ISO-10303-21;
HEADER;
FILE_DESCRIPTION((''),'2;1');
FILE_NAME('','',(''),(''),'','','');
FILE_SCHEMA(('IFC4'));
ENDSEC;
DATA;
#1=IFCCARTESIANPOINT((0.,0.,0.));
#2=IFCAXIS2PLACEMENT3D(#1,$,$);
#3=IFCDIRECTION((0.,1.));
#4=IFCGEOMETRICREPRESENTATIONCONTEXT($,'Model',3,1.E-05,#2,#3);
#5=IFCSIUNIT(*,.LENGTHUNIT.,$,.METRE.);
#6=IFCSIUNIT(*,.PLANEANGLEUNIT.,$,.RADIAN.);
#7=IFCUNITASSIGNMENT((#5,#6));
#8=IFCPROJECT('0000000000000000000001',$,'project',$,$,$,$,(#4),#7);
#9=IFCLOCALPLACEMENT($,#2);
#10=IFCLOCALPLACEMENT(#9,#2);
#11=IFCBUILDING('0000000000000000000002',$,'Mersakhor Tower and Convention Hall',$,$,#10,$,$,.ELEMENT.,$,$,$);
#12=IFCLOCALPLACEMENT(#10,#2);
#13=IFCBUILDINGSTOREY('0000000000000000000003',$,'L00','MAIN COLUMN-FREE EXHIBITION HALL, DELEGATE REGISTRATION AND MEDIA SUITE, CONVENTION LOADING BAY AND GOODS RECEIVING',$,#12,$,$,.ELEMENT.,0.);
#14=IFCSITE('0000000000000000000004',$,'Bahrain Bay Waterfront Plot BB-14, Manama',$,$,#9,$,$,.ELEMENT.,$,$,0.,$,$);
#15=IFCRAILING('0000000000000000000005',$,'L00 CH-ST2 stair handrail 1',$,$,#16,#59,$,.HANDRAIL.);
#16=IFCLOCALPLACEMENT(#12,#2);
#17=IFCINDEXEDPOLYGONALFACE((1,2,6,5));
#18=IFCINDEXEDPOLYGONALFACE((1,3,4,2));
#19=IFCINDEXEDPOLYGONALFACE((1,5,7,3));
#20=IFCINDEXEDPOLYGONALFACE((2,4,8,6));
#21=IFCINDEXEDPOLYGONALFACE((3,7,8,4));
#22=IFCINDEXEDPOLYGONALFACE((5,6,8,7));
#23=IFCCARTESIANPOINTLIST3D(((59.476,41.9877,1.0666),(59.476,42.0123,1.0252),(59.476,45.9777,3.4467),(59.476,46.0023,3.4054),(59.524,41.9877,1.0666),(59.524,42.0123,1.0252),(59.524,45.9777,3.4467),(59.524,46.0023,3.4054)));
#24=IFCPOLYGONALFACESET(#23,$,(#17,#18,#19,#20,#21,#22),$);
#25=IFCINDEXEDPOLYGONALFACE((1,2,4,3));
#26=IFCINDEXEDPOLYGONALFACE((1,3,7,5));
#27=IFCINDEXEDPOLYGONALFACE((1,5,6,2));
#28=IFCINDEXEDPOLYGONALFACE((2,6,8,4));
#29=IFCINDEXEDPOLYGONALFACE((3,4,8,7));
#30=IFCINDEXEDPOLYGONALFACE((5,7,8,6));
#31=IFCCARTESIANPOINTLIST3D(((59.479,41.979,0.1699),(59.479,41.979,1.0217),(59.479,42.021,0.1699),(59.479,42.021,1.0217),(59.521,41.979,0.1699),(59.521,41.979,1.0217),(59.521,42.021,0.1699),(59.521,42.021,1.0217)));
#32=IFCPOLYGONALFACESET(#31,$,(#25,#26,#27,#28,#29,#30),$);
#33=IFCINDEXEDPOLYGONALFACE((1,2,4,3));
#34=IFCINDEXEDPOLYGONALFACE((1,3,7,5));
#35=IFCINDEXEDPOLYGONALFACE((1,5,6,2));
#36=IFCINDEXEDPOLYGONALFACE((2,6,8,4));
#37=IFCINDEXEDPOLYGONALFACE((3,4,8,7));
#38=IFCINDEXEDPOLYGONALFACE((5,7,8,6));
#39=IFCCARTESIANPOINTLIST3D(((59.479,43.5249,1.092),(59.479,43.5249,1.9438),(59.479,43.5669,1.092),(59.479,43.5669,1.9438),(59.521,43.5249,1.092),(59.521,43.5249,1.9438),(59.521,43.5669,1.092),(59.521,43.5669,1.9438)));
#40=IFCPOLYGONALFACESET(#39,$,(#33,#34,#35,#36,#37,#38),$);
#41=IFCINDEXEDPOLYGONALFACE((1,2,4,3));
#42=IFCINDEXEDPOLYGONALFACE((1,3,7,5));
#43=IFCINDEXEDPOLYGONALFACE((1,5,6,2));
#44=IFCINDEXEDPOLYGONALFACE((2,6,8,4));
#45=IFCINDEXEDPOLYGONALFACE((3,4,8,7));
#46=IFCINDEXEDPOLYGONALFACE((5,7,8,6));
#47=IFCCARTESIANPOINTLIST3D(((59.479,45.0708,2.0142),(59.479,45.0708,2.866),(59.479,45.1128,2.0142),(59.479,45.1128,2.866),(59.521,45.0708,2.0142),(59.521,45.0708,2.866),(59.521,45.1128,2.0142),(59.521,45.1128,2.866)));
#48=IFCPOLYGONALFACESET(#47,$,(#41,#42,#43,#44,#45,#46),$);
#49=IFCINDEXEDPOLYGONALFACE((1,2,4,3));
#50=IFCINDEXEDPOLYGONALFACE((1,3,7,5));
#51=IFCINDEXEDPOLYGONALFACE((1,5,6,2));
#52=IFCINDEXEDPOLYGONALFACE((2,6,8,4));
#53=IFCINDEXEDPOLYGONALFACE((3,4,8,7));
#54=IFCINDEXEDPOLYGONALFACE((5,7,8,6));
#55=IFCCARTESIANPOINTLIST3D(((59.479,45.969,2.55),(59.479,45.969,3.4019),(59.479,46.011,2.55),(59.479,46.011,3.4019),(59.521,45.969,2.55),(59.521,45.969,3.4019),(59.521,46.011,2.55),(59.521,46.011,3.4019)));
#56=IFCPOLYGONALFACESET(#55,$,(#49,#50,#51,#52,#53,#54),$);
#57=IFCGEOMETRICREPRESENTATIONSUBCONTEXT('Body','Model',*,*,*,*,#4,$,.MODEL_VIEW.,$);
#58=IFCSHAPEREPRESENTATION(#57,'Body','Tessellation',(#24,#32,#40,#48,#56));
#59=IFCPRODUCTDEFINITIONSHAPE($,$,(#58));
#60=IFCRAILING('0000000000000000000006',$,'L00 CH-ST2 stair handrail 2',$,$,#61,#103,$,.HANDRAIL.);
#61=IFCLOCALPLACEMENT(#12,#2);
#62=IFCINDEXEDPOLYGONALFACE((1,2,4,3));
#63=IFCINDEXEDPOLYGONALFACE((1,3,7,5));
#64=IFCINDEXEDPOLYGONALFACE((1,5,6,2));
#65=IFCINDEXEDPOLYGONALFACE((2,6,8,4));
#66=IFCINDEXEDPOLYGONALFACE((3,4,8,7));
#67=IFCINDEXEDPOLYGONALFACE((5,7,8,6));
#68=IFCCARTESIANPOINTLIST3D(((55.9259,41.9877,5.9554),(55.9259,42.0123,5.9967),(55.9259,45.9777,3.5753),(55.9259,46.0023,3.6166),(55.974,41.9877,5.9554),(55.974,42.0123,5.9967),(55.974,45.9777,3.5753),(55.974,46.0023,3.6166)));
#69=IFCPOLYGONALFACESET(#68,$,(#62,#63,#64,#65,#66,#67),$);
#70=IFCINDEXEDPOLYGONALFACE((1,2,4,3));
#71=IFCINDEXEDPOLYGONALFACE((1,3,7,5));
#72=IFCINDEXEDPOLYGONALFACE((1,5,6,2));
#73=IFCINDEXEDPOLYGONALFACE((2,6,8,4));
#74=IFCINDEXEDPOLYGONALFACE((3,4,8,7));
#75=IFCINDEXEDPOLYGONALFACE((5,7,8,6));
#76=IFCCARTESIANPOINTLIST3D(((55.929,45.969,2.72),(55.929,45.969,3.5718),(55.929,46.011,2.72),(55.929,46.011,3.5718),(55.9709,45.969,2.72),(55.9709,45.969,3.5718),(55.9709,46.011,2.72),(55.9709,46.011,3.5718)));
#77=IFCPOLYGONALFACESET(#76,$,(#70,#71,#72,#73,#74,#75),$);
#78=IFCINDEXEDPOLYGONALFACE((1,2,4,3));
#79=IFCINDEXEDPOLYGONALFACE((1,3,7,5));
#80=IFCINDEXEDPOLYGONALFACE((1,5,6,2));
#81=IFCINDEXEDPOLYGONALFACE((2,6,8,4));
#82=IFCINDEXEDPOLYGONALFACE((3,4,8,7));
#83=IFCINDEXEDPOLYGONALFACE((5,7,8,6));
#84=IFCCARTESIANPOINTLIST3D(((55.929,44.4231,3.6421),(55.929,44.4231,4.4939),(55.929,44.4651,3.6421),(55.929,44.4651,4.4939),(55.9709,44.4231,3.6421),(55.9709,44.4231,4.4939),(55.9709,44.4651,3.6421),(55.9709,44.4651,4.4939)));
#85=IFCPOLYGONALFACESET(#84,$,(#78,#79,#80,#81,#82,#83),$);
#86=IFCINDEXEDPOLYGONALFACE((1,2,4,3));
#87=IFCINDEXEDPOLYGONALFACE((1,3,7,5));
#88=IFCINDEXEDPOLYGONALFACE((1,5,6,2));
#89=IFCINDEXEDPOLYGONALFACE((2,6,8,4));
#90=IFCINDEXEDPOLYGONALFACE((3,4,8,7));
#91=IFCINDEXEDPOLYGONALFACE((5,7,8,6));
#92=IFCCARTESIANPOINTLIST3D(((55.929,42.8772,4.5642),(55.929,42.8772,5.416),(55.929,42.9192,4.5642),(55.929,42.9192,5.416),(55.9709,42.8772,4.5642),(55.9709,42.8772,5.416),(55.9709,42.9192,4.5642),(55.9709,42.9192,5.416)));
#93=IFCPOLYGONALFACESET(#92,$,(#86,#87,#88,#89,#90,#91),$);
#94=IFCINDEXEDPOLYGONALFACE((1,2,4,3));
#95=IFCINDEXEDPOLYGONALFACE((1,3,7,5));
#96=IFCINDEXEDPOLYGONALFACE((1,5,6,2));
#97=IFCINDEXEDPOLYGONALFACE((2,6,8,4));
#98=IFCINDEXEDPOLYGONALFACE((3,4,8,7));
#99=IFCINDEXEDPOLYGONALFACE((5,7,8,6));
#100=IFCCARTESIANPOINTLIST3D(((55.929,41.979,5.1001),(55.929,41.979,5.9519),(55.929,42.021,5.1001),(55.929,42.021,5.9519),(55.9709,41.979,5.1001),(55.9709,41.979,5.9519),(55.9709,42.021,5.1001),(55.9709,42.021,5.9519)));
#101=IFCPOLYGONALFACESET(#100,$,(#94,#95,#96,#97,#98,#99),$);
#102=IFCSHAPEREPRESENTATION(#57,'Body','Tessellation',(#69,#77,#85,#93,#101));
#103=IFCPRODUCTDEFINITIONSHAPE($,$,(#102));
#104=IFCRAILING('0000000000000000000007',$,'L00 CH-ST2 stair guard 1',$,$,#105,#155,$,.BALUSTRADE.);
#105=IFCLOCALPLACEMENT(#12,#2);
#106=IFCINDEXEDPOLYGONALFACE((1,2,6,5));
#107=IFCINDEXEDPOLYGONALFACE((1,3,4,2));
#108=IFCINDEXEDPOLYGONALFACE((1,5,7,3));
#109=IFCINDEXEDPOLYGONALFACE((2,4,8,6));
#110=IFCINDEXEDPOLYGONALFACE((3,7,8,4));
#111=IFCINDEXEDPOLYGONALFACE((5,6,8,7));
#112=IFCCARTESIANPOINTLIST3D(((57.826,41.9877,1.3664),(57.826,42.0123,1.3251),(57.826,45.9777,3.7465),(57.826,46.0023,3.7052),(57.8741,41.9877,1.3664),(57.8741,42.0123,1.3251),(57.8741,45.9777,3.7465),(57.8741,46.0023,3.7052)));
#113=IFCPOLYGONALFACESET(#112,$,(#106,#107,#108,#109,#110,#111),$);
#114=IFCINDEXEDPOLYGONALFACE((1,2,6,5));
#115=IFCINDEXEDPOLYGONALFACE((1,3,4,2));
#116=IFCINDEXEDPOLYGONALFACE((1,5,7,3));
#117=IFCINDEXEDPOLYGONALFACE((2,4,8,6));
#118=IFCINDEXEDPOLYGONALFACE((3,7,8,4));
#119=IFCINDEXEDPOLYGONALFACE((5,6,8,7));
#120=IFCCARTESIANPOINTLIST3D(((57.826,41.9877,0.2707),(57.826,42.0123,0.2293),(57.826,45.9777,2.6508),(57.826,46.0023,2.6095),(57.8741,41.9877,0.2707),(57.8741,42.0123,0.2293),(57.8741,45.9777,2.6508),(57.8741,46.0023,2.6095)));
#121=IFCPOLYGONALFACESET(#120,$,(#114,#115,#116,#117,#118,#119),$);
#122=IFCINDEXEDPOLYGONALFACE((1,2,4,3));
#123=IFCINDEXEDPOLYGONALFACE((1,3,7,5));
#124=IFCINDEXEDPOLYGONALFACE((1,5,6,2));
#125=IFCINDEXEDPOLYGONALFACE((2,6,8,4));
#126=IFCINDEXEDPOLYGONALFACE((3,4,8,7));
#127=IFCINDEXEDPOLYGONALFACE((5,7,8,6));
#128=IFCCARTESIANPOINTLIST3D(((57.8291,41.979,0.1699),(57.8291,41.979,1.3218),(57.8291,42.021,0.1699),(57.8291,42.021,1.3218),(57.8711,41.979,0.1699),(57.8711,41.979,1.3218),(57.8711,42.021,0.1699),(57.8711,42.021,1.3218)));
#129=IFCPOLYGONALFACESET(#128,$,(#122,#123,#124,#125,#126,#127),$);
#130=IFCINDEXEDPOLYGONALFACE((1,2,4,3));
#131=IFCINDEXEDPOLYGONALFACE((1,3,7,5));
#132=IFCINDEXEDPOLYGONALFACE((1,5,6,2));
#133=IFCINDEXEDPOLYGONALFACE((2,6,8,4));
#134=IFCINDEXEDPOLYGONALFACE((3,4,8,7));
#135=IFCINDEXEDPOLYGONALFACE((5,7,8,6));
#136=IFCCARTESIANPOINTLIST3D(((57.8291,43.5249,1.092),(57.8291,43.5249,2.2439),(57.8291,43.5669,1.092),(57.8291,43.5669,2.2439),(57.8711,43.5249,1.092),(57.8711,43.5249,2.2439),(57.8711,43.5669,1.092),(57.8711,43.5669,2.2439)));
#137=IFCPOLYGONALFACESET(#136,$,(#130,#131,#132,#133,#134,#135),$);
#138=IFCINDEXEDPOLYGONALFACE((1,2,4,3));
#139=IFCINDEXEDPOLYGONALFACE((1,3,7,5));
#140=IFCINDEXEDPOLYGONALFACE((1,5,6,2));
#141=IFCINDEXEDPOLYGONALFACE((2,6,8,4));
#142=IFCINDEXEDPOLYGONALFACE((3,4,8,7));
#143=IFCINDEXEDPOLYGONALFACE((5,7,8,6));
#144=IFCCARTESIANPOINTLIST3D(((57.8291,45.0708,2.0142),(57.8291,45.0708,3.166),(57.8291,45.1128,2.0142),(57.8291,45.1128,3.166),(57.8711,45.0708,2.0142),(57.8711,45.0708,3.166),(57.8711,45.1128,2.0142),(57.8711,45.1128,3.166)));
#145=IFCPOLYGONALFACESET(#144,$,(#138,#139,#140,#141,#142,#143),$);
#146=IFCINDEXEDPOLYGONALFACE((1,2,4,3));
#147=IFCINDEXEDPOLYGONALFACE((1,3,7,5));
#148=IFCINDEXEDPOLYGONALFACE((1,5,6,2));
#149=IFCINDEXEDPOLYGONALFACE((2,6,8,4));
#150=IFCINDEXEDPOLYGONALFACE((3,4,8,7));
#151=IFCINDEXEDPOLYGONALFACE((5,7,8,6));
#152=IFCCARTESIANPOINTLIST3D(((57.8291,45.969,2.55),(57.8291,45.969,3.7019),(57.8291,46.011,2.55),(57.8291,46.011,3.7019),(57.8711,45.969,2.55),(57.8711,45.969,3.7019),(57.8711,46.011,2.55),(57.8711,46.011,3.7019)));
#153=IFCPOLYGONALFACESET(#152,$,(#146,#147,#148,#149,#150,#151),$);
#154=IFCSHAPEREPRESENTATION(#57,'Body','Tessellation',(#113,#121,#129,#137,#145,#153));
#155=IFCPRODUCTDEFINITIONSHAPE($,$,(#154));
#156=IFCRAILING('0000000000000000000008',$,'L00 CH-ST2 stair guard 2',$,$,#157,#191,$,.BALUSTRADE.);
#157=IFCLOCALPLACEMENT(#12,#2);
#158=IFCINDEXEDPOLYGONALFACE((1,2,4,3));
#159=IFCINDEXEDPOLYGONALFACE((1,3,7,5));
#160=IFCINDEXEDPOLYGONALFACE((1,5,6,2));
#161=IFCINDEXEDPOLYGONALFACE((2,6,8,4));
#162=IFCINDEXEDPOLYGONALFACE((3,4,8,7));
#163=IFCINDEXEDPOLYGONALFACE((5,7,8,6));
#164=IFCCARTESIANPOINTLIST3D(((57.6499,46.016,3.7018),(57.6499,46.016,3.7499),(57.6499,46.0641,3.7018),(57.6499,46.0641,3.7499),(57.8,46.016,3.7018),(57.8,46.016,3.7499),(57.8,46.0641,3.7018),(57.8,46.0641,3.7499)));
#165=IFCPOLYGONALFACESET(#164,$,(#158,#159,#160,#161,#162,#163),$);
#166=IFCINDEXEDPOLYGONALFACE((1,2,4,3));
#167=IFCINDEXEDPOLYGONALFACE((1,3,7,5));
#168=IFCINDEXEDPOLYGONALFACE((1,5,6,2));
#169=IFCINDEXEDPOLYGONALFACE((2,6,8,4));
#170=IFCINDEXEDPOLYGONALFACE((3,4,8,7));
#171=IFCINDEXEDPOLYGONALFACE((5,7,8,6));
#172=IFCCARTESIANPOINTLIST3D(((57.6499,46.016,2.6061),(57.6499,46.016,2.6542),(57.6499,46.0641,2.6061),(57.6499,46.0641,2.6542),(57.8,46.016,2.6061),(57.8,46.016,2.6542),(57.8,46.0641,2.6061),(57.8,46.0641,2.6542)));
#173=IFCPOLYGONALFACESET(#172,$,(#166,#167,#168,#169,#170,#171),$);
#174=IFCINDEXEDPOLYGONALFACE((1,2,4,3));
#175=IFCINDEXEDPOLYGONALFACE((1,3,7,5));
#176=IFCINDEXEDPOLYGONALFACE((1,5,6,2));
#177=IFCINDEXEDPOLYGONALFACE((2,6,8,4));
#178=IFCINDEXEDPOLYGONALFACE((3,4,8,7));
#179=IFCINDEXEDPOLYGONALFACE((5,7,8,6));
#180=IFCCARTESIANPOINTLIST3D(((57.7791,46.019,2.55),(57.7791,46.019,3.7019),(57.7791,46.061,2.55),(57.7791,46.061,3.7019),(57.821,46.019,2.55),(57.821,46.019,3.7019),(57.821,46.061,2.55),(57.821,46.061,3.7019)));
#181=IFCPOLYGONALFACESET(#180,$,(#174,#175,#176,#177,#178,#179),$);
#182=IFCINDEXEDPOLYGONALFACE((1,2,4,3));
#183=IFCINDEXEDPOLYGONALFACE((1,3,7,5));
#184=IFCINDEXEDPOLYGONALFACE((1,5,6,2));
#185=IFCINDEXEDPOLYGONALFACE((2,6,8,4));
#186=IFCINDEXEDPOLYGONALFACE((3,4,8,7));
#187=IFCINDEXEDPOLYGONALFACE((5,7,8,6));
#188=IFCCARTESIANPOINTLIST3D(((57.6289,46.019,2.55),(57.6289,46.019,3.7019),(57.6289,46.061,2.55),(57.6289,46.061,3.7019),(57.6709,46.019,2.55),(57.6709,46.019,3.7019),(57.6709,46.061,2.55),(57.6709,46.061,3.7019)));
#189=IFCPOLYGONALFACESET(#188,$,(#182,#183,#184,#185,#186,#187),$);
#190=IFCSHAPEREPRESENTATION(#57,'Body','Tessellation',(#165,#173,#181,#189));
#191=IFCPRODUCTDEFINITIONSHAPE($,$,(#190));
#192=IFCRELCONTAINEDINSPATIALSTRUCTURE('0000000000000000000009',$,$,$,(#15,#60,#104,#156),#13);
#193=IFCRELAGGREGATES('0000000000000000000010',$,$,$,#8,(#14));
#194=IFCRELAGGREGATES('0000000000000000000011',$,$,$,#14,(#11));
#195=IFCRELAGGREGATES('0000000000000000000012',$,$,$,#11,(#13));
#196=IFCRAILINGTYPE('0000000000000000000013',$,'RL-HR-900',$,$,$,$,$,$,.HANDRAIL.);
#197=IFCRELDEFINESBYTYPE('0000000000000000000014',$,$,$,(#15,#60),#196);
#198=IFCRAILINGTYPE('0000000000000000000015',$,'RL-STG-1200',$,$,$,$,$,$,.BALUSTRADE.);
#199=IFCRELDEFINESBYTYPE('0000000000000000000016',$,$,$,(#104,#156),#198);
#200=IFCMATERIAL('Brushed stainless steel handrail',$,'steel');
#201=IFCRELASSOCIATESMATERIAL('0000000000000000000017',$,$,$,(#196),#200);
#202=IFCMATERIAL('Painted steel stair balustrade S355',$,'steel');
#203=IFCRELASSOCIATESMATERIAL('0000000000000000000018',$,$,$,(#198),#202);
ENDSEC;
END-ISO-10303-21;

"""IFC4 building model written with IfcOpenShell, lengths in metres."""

from ifc_helpers import new_model, si_unit, direction, frame, origin, origin_2d, place, context, subcontext, project, spatial, rectangle, extrude, material, type_object, element, save


model = new_model("IFC4")

# Units and contexts
model_context = context("Model", 3, precision=1e-05, world=origin(), true_north=direction((0.0, 1.0)))
body_context = subcontext(model_context, "Body", "Model", "MODEL_VIEW")
ifc_project = project(units=[si_unit("LENGTHUNIT", "METRE"), si_unit("PLANEANGLEUNIT", "RADIAN")], contexts=[model_context])

# Site, building, storey
site_placement = place(None, origin())
site = spatial("IfcSite", under=ifc_project, at=site_placement, Name="Bahrain Bay Waterfront Plot BB-14, Manama", CompositionType="ELEMENT", RefElevation=0.0)
building_placement = place(site_placement, origin())
building = spatial("IfcBuilding", under=site, at=building_placement, Name="Mersakhor Tower and Convention Hall", CompositionType="ELEMENT")
storey_placement = place(building_placement, origin())
storey = spatial("IfcBuildingStorey", under=building, at=storey_placement, Name="L00", Description="MAIN COLUMN-FREE EXHIBITION HALL, DELEGATE REGISTRATION AND MEDIA SUITE, CONVENTION LOADING BAY AND GOODS RECEIVING", CompositionType="ELEMENT", Elevation=0.0)

# Railings
ifc_material_1 = material(Name="Brushed stainless steel handrail", Category="steel")
railing_type_1 = type_object("IfcRailingType", Name="RL-HR-900", PredefinedType="HANDRAIL", material=ifc_material_1)
railing_1_placement = place(storey_placement, frame((59.5, 42.0, 0.1699)))
element("IfcRailing", 1, at=railing_1_placement, inside=storey, type_object=railing_type_1, Name="L00 CH-ST2 stair handrail 1", PredefinedType="HANDRAIL", context=body_context, shape_type="SweptSolid", body=[
    extrude(rectangle(XDim=0.0481, YDim=0.0481, at=origin_2d()), frame((0.0, 0.0, 0.876), z_axis=(0.0, 0.858807, 0.512299), x_axis=(-1.0, 0.0, 0.0)), (0.0, 0.0, 1.0), 4.646),
    extrude(rectangle(XDim=0.042, YDim=0.042, at=origin_2d()), origin(), (0.0, 0.0, 1.0), 0.8518),
    extrude(rectangle(XDim=0.042, YDim=0.042, at=origin_2d()), frame((0.0, 1.5459, 0.9221)), (0.0, 0.0, 1.0), 0.8518),
    extrude(rectangle(XDim=0.042, YDim=0.042, at=origin_2d()), frame((0.0, 3.0918, 1.8442)), (0.0, 0.0, 1.0), 0.8518),
    extrude(rectangle(XDim=0.042, YDim=0.042, at=origin_2d()), frame((0.0, 3.99, 2.3801)), (0.0, 0.0, 1.0), 0.8518),
])
railing_2_placement = place(storey_placement, frame((55.95, 45.99, 2.72)))
element("IfcRailing", 2, at=railing_2_placement, inside=storey, type_object=railing_type_1, Name="L00 CH-ST2 stair handrail 2", PredefinedType="HANDRAIL", context=body_context, shape_type="SweptSolid", body=[
    extrude(rectangle(XDim=0.0481, YDim=0.0481, at=origin_2d()), frame((0.0, 0.0, 0.876), z_axis=(0.0, -0.858807, 0.512299), x_axis=(1.0, 0.0, 0.0)), (0.0, 0.0, 1.0), 4.646),
    extrude(rectangle(XDim=0.042, YDim=0.042, at=origin_2d()), origin(), (0.0, 0.0, 1.0), 0.8518),
    extrude(rectangle(XDim=0.042, YDim=0.042, at=origin_2d()), frame((0.0, -1.5459, 0.9221)), (0.0, 0.0, 1.0), 0.8518),
    extrude(rectangle(XDim=0.042, YDim=0.042, at=origin_2d()), frame((0.0, -3.0918, 1.8442)), (0.0, 0.0, 1.0), 0.8518),
    extrude(rectangle(XDim=0.042, YDim=0.042, at=origin_2d()), frame((0.0, -3.99, 2.3801)), (0.0, 0.0, 1.0), 0.8518),
])
ifc_material_2 = material(Name="Painted steel stair balustrade S355", Category="steel")
railing_type_2 = type_object("IfcRailingType", Name="RL-STG-1200", PredefinedType="BALUSTRADE", material=ifc_material_2)
railing_3_placement = place(storey_placement, frame((57.8501, 42.0, 0.1699)))
element("IfcRailing", 3, at=railing_3_placement, inside=storey, type_object=railing_type_2, Name="L00 CH-ST2 stair guard 1", PredefinedType="BALUSTRADE", context=body_context, shape_type="SweptSolid", body=[
    extrude(rectangle(XDim=0.0481, YDim=0.0481, at=origin_2d()), frame((0.0, 0.0, 1.1758), z_axis=(0.0, 0.858807, 0.512299), x_axis=(-1.0, 0.0, 0.0)), (0.0, 0.0, 1.0), 4.646),
    extrude(rectangle(XDim=0.0481, YDim=0.0481, at=origin_2d()), frame((0.0, 0.0, 0.0801), z_axis=(0.0, 0.858807, 0.512299), x_axis=(-1.0, 0.0, 0.0)), (0.0, 0.0, 1.0), 4.646),
    extrude(rectangle(XDim=0.042, YDim=0.042, at=origin_2d()), origin(), (0.0, 0.0, 1.0), 1.1519),
    extrude(rectangle(XDim=0.042, YDim=0.042, at=origin_2d()), frame((0.0, 1.5459, 0.9221)), (0.0, 0.0, 1.0), 1.1519),
    extrude(rectangle(XDim=0.042, YDim=0.042, at=origin_2d()), frame((0.0, 3.0918, 1.8442)), (0.0, 0.0, 1.0), 1.1519),
    extrude(rectangle(XDim=0.042, YDim=0.042, at=origin_2d()), frame((0.0, 3.99, 2.3801)), (0.0, 0.0, 1.0), 1.1519),
])
railing_4_placement = place(storey_placement, frame((57.8, 46.04, 2.55)))
element("IfcRailing", 4, at=railing_4_placement, inside=storey, type_object=railing_type_2, Name="L00 CH-ST2 stair guard 2", PredefinedType="BALUSTRADE", context=body_context, shape_type="SweptSolid", body=[
    extrude(rectangle(XDim=0.0481, YDim=0.0481, at=origin_2d()), frame((0.0, 0.0, 1.1758), z_axis=(-1.0, 0.0, 0.0), x_axis=(0.0, -1.0, 0.0)), (0.0, 0.0, 1.0), 0.1501),
    extrude(rectangle(XDim=0.0481, YDim=0.0481, at=origin_2d()), frame((0.0, 0.0, 0.0801), z_axis=(-1.0, 0.0, 0.0), x_axis=(0.0, -1.0, 0.0)), (0.0, 0.0, 1.0), 0.1501),
    extrude(rectangle(XDim=0.042, YDim=0.042, at=origin_2d()), origin(), (0.0, 0.0, 1.0), 1.1519),
    extrude(rectangle(XDim=0.042, YDim=0.042, at=origin_2d()), frame((-0.1501, 0.0, 0.0)), (0.0, 0.0, 1.0), 1.1519),
])

save(model, "model.ifc")
